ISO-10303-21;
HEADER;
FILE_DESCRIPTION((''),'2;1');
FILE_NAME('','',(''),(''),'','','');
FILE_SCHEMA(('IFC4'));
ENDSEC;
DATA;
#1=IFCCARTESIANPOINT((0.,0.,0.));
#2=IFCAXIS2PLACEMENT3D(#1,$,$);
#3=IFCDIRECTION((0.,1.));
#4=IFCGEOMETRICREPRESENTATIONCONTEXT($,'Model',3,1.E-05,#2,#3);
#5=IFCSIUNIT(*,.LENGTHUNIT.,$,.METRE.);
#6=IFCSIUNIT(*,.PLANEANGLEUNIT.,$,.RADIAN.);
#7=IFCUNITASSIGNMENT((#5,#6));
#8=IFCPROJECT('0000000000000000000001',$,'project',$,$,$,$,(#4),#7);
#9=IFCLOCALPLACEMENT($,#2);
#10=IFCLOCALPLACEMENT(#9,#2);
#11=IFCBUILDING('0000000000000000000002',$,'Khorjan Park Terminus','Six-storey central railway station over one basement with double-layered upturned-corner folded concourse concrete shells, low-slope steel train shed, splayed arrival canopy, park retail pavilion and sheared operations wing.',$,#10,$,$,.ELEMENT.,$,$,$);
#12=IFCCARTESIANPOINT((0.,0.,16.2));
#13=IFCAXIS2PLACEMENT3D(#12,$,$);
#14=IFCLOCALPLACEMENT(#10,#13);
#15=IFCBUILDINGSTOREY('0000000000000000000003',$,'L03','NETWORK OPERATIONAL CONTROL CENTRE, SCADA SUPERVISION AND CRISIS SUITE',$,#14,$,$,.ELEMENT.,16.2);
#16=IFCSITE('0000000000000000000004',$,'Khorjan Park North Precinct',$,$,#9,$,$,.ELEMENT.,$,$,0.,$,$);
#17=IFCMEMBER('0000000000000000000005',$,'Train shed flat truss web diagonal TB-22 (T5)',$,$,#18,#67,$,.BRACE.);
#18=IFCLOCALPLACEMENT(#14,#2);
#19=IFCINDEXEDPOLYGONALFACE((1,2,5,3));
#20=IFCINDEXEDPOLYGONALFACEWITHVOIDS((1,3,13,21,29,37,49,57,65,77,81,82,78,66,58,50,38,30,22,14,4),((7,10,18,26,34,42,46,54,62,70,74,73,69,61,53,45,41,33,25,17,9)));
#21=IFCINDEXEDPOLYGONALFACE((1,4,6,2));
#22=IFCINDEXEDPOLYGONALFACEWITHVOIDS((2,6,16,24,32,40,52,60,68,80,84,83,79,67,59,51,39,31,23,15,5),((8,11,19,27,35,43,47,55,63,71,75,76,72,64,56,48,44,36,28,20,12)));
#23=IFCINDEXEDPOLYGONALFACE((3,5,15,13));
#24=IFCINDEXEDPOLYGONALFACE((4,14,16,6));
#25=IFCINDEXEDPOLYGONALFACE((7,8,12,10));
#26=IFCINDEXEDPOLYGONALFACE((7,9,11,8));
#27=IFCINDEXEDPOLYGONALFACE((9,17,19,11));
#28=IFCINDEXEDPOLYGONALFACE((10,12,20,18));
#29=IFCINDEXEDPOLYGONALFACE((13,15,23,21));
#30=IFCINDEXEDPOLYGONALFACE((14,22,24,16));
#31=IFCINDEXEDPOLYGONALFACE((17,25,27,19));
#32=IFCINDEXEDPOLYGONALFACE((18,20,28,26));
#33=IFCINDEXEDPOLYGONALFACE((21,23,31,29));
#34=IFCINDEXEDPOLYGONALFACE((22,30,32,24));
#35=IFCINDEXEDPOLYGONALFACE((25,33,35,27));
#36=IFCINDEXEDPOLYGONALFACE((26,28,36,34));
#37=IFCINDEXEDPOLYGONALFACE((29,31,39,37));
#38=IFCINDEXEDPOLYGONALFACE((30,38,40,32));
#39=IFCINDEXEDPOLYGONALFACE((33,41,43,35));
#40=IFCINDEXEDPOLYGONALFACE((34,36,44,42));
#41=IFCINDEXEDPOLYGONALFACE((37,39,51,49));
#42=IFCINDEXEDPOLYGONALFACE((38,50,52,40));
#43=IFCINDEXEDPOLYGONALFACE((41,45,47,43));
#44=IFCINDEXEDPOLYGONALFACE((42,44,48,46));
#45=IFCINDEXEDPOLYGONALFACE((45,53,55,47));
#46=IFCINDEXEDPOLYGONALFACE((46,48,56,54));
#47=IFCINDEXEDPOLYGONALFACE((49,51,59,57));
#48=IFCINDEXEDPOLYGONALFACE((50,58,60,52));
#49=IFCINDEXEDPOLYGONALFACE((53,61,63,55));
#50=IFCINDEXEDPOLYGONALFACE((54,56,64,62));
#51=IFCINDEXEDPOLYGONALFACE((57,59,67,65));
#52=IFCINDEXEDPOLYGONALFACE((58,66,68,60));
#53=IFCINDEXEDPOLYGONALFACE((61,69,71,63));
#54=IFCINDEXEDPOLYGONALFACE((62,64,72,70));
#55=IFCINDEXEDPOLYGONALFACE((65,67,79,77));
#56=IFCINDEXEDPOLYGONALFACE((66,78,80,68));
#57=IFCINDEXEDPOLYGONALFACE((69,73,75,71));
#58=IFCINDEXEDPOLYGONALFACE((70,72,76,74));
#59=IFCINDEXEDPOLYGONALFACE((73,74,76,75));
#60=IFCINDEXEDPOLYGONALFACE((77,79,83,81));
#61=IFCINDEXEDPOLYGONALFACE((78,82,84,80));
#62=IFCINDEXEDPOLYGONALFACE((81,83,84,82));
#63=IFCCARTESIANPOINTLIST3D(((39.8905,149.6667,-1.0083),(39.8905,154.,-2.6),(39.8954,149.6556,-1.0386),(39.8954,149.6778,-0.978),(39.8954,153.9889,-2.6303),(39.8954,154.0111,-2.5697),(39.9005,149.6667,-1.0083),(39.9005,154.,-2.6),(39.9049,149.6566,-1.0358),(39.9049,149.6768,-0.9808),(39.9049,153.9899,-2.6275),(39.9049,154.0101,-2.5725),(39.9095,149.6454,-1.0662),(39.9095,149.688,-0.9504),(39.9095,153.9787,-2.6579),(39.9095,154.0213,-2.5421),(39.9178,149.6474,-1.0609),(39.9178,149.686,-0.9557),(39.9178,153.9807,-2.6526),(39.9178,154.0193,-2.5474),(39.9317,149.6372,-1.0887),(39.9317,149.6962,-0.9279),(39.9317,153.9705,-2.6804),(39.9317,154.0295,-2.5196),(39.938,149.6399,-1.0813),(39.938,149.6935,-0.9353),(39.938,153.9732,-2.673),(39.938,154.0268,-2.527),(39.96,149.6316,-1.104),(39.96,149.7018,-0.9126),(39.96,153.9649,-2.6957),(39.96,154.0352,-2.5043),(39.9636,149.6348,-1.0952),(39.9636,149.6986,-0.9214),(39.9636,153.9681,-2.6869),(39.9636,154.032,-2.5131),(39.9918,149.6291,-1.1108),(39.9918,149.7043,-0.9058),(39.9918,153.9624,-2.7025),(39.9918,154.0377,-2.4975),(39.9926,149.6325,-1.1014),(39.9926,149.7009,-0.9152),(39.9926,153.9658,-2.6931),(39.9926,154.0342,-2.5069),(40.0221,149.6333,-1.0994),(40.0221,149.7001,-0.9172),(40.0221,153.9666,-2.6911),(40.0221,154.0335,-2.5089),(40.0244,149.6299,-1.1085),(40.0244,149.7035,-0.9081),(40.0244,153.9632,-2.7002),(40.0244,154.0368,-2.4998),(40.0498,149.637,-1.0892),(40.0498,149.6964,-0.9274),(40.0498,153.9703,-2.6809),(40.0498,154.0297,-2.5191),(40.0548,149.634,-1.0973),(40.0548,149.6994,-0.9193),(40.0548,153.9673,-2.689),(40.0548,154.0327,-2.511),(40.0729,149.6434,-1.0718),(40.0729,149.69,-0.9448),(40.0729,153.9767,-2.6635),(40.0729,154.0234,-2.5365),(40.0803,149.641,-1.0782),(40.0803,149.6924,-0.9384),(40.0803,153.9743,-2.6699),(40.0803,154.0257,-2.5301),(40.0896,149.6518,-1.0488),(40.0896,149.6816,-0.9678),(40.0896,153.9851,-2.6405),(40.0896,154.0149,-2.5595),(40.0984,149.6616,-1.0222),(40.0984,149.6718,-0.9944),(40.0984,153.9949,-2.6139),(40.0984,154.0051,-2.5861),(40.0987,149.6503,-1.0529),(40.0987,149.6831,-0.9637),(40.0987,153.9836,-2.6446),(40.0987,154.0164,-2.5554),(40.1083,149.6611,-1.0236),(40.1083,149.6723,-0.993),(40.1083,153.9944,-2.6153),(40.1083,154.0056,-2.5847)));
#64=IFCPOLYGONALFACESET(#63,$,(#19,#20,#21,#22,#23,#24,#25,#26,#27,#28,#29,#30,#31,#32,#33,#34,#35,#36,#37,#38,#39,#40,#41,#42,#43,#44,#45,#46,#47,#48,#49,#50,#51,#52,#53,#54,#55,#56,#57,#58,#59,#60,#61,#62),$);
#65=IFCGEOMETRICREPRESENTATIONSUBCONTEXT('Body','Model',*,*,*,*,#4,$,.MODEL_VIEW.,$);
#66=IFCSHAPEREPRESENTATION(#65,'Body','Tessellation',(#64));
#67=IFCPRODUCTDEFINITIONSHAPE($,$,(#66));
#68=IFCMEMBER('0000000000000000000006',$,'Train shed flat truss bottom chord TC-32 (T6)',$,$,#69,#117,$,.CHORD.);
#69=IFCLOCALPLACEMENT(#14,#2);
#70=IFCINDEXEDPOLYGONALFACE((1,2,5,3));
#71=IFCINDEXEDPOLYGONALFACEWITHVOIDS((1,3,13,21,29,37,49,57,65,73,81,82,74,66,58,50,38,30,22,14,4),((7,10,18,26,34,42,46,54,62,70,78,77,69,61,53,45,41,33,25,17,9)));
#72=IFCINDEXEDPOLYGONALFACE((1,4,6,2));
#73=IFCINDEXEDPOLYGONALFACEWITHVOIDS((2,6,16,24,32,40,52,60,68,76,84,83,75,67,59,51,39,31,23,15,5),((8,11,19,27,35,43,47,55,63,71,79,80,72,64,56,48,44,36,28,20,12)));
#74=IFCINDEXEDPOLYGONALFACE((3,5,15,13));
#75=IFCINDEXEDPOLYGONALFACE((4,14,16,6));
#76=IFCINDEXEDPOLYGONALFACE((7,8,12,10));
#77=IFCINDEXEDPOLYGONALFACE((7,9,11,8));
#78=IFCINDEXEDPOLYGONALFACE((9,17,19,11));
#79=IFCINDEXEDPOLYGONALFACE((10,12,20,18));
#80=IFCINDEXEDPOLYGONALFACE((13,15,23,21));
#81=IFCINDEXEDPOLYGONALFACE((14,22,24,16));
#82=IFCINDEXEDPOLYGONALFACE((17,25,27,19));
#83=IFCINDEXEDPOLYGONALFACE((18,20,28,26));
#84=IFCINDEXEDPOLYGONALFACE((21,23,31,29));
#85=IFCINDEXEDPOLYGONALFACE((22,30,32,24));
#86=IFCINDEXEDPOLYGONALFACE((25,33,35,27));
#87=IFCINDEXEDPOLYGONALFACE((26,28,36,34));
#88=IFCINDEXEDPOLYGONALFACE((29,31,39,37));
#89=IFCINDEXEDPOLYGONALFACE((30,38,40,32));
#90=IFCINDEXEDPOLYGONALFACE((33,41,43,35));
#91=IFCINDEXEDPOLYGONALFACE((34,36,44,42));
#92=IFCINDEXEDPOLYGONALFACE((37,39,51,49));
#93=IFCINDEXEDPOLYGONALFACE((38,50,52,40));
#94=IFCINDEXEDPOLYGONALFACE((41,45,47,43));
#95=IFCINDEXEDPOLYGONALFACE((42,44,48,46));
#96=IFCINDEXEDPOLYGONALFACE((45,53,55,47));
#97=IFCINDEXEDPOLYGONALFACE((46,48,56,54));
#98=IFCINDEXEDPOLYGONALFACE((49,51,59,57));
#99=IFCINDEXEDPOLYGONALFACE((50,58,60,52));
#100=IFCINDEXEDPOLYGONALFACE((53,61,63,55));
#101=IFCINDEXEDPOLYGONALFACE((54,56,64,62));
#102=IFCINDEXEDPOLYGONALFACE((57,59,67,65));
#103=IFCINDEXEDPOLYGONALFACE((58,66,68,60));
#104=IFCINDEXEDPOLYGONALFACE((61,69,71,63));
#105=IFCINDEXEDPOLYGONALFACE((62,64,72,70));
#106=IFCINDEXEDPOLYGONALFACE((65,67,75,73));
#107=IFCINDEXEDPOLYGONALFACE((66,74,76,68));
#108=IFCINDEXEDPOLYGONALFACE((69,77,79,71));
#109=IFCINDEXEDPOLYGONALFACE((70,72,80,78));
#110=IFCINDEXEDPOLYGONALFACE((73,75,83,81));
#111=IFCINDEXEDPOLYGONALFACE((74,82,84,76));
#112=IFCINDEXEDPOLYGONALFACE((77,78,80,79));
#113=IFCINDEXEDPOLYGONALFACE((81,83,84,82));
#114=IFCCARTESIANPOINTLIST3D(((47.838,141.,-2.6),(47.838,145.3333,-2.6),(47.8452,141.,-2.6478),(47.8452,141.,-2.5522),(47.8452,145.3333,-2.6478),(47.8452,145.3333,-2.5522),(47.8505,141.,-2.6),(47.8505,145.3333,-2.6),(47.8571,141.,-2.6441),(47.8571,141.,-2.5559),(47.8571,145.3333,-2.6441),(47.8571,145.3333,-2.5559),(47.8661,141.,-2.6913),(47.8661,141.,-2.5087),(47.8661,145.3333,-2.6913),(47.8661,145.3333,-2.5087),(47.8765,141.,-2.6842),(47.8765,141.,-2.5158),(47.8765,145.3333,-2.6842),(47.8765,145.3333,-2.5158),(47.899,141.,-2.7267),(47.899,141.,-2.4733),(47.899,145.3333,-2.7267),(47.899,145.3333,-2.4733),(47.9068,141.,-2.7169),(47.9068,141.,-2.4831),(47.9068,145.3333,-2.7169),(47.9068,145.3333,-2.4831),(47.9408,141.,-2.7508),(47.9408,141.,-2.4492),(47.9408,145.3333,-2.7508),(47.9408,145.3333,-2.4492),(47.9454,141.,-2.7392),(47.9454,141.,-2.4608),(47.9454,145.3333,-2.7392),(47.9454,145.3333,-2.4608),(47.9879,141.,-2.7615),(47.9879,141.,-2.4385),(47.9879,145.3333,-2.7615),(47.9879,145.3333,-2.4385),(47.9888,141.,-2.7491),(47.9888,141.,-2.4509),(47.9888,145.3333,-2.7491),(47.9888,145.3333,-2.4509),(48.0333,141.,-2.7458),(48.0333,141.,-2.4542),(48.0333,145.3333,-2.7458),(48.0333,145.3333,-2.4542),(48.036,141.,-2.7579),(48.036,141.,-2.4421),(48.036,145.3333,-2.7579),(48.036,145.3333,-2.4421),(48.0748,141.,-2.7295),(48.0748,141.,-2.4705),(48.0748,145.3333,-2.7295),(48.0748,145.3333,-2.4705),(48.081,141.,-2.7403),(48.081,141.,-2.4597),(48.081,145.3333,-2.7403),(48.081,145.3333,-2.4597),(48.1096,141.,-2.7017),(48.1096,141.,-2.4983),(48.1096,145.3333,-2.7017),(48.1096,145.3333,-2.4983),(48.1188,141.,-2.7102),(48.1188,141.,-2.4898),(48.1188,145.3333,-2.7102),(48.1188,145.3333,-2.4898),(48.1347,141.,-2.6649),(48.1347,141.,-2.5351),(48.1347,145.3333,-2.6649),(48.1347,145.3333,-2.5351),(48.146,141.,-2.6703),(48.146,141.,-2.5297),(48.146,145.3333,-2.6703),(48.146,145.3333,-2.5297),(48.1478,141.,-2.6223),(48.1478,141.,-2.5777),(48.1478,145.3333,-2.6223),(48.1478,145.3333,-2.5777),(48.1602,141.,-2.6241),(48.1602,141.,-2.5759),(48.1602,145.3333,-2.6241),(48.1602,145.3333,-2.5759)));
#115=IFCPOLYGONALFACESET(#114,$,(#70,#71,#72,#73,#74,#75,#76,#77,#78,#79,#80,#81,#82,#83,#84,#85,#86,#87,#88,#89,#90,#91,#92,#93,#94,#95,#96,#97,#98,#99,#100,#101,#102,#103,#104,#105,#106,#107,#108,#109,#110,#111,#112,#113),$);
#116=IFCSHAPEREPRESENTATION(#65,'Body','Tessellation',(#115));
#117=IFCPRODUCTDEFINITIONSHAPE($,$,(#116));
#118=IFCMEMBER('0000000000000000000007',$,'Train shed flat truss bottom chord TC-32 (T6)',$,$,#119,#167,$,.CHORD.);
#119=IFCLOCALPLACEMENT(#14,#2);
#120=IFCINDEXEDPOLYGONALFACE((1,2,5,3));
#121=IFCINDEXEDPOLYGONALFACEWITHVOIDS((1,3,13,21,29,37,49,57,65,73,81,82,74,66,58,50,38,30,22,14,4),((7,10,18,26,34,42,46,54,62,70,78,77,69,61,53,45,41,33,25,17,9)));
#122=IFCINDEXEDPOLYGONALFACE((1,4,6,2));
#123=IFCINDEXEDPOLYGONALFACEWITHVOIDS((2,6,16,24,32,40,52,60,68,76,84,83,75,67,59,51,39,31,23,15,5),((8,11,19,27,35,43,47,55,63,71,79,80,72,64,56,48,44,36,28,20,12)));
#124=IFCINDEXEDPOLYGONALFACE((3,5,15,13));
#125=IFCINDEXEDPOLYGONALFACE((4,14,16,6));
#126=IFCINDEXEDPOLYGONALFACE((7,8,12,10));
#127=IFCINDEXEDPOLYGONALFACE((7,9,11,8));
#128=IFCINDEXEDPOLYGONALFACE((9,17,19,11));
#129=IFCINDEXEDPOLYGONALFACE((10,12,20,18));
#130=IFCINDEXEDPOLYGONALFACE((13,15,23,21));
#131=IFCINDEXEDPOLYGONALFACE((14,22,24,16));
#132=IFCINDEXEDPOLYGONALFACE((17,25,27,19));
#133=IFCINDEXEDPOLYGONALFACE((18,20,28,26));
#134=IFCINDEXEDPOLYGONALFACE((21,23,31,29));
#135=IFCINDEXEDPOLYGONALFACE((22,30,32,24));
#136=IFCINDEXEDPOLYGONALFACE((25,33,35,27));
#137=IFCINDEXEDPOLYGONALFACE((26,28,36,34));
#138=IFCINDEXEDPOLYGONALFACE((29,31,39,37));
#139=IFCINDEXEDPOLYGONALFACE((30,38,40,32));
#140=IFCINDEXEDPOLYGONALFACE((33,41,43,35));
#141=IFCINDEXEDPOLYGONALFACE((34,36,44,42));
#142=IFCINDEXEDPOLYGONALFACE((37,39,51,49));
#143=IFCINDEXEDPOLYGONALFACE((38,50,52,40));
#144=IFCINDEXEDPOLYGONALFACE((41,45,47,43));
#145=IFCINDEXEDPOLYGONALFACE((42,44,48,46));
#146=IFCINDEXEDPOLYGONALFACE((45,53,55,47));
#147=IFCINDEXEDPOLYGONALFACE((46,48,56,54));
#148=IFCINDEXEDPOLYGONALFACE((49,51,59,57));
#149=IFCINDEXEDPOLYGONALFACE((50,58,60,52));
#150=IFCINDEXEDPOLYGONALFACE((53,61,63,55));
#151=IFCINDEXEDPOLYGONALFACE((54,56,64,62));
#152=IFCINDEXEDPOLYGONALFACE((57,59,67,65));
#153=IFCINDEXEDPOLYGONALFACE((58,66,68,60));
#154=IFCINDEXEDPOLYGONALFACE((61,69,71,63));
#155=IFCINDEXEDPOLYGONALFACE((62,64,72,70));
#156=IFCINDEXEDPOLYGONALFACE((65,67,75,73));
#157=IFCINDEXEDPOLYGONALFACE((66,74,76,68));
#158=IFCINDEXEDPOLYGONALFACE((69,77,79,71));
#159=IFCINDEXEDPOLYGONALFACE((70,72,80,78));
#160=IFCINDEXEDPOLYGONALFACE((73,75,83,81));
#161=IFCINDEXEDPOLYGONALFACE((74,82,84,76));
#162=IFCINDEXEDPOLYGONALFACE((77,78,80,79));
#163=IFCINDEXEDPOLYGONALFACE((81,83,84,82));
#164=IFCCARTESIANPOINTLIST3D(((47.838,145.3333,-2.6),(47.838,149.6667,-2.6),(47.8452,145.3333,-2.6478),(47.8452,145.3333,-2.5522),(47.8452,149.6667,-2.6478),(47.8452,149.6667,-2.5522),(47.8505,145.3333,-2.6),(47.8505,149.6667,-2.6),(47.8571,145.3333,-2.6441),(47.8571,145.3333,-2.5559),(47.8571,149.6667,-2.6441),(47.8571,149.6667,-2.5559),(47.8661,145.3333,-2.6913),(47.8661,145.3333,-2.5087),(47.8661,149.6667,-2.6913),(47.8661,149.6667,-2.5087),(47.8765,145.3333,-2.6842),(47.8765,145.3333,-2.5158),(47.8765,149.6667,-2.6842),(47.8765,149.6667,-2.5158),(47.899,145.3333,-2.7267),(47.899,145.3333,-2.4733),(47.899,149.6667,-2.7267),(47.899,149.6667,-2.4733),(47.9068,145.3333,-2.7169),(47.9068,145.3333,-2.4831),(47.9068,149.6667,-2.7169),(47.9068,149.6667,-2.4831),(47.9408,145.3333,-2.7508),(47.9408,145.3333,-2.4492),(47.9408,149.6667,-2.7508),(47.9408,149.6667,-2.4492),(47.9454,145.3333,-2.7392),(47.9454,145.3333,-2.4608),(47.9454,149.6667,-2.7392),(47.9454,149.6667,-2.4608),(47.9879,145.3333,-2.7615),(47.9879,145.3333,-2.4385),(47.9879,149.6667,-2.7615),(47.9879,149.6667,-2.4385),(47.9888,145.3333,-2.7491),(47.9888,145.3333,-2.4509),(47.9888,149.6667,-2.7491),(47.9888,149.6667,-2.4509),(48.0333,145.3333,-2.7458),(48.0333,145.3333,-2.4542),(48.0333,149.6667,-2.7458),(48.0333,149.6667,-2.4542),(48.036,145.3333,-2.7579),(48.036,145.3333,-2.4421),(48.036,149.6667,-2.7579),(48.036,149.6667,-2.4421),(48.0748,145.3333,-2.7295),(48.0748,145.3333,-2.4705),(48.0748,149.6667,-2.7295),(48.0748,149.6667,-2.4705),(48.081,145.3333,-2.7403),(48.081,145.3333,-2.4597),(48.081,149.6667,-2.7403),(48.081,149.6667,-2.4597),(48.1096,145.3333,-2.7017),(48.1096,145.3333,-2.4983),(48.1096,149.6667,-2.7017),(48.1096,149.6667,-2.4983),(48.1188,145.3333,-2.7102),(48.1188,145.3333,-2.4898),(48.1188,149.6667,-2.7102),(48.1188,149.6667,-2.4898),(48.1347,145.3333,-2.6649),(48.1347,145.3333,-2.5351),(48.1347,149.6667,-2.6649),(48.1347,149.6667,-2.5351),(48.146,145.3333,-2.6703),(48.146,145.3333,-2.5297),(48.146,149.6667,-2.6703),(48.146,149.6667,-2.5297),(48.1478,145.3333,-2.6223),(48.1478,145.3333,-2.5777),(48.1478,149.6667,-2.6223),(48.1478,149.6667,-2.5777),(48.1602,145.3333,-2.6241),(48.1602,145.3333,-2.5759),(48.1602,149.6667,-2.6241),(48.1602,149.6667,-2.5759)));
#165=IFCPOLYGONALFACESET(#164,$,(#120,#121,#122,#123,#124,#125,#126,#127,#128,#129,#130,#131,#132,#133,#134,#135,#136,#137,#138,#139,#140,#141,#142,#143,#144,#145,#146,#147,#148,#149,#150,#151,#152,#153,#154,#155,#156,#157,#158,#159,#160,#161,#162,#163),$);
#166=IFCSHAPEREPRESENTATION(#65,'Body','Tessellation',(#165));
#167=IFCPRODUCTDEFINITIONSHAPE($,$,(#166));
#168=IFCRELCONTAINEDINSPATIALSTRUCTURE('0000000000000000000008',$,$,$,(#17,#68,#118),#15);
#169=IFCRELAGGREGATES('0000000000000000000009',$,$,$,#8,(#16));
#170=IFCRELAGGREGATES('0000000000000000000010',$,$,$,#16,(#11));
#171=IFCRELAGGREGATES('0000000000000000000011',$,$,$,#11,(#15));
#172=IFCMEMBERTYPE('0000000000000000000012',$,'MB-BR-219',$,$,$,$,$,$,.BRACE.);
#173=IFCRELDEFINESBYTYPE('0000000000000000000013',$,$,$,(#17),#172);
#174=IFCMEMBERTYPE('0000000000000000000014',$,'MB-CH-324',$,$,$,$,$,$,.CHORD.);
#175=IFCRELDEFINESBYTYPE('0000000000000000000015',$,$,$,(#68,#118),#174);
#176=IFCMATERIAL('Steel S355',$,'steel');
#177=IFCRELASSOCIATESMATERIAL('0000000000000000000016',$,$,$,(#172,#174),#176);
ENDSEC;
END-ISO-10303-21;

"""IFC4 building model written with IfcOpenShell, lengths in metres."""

from ifc_helpers import new_model, si_unit, direction, frame, origin, origin_2d, place, context, subcontext, project, spatial, hollow_circle, extrude, material, material_profile, profile_set, type_object, element, save


model = new_model("IFC4")

# Units and contexts
model_context = context("Model", 3, precision=1e-05, world=origin(), true_north=direction((0.0, 1.0)))
body_context = subcontext(model_context, "Body", "Model", "MODEL_VIEW")
ifc_project = project(units=[si_unit("LENGTHUNIT", "METRE"), si_unit("PLANEANGLEUNIT", "RADIAN")], contexts=[model_context])

# Site, building, storey
site_placement = place(None, origin())
site = spatial("IfcSite", under=ifc_project, at=site_placement, Name="Khorjan Park North Precinct", CompositionType="ELEMENT", RefElevation=0.0)
building_placement = place(site_placement, origin())
building = spatial("IfcBuilding", under=site, at=building_placement, Name="Khorjan Park Terminus", Description="Six-storey central railway station over one basement with double-layered upturned-corner folded concourse concrete shells, low-slope steel train shed, splayed arrival canopy, park retail pavilion and sheared operations wing.", CompositionType="ELEMENT")
storey_placement = place(building_placement, frame((0.0, 0.0, 16.2)))
storey = spatial("IfcBuildingStorey", under=building, at=storey_placement, Name="L03", Description="NETWORK OPERATIONAL CONTROL CENTRE, SCADA SUPERVISION AND CRISIS SUITE", CompositionType="ELEMENT", Elevation=16.2)

# Members
ifc_material = material(Name="Steel S355", Category="steel")
ifc_material_profile_1 = material_profile(ifc_material, hollow_circle(Radius=0.1095, WallThickness=0.01, at=origin_2d()), Name="CHS 219.1x10")
ifc_profile_set_1 = profile_set([ifc_material_profile_1], Name="Steel S355")
member_type_1 = type_object("IfcMemberType", Name="MB-BR-219", PredefinedType="BRACE", material=ifc_profile_set_1)
member_1_placement = place(storey_placement, frame((40.0, 149.6667, -1.0083), z_axis=(0.0, 0.938678, -0.344794), x_axis=(-1.0, 0.0, 0.0)))
element("IfcMember", 1, at=member_1_placement, inside=storey, type_object=member_type_1, Name="Train shed flat truss web diagonal TB-22 (T5)", PredefinedType="BRACE", context=body_context, shape_type="SweptSolid", body=[
    extrude(hollow_circle(Radius=0.1095, WallThickness=0.01, at=origin_2d()), origin(), (0.0, 0.0, 1.0), 4.6164),
])
ifc_material_profile_2 = material_profile(ifc_material, hollow_circle(Radius=0.162, WallThickness=0.0125, at=origin_2d()), Name="CHS 323.9x12.5")
ifc_profile_set_2 = profile_set([ifc_material_profile_2], Name="Steel S355")
member_type_2 = type_object("IfcMemberType", Name="MB-CH-324", PredefinedType="CHORD", material=ifc_profile_set_2)
member_2_placement = place(storey_placement, frame((48.0, 141.0, -2.6), z_axis=(0.0, 1.0, 0.0), x_axis=(-1.0, 0.0, 0.0)))
element("IfcMember", 2, at=member_2_placement, inside=storey, type_object=member_type_2, Name="Train shed flat truss bottom chord TC-32 (T6)", PredefinedType="CHORD", context=body_context, shape_type="SweptSolid", body=[
    extrude(hollow_circle(Radius=0.162, WallThickness=0.0125, at=origin_2d()), origin(), (0.0, 0.0, 1.0), 4.3333),
])
member_3_placement = place(storey_placement, frame((48.0, 145.3333, -2.6), z_axis=(0.0, 1.0, 0.0), x_axis=(-1.0, 0.0, 0.0)))
element("IfcMember", 3, at=member_3_placement, inside=storey, type_object=member_type_2, Name="Train shed flat truss bottom chord TC-32 (T6)", PredefinedType="CHORD", context=body_context, shape_type="SweptSolid", body=[
    extrude(hollow_circle(Radius=0.162, WallThickness=0.0125, at=origin_2d()), origin(), (0.0, 0.0, 1.0), 4.3334),
])

save(model, "model.ifc")
